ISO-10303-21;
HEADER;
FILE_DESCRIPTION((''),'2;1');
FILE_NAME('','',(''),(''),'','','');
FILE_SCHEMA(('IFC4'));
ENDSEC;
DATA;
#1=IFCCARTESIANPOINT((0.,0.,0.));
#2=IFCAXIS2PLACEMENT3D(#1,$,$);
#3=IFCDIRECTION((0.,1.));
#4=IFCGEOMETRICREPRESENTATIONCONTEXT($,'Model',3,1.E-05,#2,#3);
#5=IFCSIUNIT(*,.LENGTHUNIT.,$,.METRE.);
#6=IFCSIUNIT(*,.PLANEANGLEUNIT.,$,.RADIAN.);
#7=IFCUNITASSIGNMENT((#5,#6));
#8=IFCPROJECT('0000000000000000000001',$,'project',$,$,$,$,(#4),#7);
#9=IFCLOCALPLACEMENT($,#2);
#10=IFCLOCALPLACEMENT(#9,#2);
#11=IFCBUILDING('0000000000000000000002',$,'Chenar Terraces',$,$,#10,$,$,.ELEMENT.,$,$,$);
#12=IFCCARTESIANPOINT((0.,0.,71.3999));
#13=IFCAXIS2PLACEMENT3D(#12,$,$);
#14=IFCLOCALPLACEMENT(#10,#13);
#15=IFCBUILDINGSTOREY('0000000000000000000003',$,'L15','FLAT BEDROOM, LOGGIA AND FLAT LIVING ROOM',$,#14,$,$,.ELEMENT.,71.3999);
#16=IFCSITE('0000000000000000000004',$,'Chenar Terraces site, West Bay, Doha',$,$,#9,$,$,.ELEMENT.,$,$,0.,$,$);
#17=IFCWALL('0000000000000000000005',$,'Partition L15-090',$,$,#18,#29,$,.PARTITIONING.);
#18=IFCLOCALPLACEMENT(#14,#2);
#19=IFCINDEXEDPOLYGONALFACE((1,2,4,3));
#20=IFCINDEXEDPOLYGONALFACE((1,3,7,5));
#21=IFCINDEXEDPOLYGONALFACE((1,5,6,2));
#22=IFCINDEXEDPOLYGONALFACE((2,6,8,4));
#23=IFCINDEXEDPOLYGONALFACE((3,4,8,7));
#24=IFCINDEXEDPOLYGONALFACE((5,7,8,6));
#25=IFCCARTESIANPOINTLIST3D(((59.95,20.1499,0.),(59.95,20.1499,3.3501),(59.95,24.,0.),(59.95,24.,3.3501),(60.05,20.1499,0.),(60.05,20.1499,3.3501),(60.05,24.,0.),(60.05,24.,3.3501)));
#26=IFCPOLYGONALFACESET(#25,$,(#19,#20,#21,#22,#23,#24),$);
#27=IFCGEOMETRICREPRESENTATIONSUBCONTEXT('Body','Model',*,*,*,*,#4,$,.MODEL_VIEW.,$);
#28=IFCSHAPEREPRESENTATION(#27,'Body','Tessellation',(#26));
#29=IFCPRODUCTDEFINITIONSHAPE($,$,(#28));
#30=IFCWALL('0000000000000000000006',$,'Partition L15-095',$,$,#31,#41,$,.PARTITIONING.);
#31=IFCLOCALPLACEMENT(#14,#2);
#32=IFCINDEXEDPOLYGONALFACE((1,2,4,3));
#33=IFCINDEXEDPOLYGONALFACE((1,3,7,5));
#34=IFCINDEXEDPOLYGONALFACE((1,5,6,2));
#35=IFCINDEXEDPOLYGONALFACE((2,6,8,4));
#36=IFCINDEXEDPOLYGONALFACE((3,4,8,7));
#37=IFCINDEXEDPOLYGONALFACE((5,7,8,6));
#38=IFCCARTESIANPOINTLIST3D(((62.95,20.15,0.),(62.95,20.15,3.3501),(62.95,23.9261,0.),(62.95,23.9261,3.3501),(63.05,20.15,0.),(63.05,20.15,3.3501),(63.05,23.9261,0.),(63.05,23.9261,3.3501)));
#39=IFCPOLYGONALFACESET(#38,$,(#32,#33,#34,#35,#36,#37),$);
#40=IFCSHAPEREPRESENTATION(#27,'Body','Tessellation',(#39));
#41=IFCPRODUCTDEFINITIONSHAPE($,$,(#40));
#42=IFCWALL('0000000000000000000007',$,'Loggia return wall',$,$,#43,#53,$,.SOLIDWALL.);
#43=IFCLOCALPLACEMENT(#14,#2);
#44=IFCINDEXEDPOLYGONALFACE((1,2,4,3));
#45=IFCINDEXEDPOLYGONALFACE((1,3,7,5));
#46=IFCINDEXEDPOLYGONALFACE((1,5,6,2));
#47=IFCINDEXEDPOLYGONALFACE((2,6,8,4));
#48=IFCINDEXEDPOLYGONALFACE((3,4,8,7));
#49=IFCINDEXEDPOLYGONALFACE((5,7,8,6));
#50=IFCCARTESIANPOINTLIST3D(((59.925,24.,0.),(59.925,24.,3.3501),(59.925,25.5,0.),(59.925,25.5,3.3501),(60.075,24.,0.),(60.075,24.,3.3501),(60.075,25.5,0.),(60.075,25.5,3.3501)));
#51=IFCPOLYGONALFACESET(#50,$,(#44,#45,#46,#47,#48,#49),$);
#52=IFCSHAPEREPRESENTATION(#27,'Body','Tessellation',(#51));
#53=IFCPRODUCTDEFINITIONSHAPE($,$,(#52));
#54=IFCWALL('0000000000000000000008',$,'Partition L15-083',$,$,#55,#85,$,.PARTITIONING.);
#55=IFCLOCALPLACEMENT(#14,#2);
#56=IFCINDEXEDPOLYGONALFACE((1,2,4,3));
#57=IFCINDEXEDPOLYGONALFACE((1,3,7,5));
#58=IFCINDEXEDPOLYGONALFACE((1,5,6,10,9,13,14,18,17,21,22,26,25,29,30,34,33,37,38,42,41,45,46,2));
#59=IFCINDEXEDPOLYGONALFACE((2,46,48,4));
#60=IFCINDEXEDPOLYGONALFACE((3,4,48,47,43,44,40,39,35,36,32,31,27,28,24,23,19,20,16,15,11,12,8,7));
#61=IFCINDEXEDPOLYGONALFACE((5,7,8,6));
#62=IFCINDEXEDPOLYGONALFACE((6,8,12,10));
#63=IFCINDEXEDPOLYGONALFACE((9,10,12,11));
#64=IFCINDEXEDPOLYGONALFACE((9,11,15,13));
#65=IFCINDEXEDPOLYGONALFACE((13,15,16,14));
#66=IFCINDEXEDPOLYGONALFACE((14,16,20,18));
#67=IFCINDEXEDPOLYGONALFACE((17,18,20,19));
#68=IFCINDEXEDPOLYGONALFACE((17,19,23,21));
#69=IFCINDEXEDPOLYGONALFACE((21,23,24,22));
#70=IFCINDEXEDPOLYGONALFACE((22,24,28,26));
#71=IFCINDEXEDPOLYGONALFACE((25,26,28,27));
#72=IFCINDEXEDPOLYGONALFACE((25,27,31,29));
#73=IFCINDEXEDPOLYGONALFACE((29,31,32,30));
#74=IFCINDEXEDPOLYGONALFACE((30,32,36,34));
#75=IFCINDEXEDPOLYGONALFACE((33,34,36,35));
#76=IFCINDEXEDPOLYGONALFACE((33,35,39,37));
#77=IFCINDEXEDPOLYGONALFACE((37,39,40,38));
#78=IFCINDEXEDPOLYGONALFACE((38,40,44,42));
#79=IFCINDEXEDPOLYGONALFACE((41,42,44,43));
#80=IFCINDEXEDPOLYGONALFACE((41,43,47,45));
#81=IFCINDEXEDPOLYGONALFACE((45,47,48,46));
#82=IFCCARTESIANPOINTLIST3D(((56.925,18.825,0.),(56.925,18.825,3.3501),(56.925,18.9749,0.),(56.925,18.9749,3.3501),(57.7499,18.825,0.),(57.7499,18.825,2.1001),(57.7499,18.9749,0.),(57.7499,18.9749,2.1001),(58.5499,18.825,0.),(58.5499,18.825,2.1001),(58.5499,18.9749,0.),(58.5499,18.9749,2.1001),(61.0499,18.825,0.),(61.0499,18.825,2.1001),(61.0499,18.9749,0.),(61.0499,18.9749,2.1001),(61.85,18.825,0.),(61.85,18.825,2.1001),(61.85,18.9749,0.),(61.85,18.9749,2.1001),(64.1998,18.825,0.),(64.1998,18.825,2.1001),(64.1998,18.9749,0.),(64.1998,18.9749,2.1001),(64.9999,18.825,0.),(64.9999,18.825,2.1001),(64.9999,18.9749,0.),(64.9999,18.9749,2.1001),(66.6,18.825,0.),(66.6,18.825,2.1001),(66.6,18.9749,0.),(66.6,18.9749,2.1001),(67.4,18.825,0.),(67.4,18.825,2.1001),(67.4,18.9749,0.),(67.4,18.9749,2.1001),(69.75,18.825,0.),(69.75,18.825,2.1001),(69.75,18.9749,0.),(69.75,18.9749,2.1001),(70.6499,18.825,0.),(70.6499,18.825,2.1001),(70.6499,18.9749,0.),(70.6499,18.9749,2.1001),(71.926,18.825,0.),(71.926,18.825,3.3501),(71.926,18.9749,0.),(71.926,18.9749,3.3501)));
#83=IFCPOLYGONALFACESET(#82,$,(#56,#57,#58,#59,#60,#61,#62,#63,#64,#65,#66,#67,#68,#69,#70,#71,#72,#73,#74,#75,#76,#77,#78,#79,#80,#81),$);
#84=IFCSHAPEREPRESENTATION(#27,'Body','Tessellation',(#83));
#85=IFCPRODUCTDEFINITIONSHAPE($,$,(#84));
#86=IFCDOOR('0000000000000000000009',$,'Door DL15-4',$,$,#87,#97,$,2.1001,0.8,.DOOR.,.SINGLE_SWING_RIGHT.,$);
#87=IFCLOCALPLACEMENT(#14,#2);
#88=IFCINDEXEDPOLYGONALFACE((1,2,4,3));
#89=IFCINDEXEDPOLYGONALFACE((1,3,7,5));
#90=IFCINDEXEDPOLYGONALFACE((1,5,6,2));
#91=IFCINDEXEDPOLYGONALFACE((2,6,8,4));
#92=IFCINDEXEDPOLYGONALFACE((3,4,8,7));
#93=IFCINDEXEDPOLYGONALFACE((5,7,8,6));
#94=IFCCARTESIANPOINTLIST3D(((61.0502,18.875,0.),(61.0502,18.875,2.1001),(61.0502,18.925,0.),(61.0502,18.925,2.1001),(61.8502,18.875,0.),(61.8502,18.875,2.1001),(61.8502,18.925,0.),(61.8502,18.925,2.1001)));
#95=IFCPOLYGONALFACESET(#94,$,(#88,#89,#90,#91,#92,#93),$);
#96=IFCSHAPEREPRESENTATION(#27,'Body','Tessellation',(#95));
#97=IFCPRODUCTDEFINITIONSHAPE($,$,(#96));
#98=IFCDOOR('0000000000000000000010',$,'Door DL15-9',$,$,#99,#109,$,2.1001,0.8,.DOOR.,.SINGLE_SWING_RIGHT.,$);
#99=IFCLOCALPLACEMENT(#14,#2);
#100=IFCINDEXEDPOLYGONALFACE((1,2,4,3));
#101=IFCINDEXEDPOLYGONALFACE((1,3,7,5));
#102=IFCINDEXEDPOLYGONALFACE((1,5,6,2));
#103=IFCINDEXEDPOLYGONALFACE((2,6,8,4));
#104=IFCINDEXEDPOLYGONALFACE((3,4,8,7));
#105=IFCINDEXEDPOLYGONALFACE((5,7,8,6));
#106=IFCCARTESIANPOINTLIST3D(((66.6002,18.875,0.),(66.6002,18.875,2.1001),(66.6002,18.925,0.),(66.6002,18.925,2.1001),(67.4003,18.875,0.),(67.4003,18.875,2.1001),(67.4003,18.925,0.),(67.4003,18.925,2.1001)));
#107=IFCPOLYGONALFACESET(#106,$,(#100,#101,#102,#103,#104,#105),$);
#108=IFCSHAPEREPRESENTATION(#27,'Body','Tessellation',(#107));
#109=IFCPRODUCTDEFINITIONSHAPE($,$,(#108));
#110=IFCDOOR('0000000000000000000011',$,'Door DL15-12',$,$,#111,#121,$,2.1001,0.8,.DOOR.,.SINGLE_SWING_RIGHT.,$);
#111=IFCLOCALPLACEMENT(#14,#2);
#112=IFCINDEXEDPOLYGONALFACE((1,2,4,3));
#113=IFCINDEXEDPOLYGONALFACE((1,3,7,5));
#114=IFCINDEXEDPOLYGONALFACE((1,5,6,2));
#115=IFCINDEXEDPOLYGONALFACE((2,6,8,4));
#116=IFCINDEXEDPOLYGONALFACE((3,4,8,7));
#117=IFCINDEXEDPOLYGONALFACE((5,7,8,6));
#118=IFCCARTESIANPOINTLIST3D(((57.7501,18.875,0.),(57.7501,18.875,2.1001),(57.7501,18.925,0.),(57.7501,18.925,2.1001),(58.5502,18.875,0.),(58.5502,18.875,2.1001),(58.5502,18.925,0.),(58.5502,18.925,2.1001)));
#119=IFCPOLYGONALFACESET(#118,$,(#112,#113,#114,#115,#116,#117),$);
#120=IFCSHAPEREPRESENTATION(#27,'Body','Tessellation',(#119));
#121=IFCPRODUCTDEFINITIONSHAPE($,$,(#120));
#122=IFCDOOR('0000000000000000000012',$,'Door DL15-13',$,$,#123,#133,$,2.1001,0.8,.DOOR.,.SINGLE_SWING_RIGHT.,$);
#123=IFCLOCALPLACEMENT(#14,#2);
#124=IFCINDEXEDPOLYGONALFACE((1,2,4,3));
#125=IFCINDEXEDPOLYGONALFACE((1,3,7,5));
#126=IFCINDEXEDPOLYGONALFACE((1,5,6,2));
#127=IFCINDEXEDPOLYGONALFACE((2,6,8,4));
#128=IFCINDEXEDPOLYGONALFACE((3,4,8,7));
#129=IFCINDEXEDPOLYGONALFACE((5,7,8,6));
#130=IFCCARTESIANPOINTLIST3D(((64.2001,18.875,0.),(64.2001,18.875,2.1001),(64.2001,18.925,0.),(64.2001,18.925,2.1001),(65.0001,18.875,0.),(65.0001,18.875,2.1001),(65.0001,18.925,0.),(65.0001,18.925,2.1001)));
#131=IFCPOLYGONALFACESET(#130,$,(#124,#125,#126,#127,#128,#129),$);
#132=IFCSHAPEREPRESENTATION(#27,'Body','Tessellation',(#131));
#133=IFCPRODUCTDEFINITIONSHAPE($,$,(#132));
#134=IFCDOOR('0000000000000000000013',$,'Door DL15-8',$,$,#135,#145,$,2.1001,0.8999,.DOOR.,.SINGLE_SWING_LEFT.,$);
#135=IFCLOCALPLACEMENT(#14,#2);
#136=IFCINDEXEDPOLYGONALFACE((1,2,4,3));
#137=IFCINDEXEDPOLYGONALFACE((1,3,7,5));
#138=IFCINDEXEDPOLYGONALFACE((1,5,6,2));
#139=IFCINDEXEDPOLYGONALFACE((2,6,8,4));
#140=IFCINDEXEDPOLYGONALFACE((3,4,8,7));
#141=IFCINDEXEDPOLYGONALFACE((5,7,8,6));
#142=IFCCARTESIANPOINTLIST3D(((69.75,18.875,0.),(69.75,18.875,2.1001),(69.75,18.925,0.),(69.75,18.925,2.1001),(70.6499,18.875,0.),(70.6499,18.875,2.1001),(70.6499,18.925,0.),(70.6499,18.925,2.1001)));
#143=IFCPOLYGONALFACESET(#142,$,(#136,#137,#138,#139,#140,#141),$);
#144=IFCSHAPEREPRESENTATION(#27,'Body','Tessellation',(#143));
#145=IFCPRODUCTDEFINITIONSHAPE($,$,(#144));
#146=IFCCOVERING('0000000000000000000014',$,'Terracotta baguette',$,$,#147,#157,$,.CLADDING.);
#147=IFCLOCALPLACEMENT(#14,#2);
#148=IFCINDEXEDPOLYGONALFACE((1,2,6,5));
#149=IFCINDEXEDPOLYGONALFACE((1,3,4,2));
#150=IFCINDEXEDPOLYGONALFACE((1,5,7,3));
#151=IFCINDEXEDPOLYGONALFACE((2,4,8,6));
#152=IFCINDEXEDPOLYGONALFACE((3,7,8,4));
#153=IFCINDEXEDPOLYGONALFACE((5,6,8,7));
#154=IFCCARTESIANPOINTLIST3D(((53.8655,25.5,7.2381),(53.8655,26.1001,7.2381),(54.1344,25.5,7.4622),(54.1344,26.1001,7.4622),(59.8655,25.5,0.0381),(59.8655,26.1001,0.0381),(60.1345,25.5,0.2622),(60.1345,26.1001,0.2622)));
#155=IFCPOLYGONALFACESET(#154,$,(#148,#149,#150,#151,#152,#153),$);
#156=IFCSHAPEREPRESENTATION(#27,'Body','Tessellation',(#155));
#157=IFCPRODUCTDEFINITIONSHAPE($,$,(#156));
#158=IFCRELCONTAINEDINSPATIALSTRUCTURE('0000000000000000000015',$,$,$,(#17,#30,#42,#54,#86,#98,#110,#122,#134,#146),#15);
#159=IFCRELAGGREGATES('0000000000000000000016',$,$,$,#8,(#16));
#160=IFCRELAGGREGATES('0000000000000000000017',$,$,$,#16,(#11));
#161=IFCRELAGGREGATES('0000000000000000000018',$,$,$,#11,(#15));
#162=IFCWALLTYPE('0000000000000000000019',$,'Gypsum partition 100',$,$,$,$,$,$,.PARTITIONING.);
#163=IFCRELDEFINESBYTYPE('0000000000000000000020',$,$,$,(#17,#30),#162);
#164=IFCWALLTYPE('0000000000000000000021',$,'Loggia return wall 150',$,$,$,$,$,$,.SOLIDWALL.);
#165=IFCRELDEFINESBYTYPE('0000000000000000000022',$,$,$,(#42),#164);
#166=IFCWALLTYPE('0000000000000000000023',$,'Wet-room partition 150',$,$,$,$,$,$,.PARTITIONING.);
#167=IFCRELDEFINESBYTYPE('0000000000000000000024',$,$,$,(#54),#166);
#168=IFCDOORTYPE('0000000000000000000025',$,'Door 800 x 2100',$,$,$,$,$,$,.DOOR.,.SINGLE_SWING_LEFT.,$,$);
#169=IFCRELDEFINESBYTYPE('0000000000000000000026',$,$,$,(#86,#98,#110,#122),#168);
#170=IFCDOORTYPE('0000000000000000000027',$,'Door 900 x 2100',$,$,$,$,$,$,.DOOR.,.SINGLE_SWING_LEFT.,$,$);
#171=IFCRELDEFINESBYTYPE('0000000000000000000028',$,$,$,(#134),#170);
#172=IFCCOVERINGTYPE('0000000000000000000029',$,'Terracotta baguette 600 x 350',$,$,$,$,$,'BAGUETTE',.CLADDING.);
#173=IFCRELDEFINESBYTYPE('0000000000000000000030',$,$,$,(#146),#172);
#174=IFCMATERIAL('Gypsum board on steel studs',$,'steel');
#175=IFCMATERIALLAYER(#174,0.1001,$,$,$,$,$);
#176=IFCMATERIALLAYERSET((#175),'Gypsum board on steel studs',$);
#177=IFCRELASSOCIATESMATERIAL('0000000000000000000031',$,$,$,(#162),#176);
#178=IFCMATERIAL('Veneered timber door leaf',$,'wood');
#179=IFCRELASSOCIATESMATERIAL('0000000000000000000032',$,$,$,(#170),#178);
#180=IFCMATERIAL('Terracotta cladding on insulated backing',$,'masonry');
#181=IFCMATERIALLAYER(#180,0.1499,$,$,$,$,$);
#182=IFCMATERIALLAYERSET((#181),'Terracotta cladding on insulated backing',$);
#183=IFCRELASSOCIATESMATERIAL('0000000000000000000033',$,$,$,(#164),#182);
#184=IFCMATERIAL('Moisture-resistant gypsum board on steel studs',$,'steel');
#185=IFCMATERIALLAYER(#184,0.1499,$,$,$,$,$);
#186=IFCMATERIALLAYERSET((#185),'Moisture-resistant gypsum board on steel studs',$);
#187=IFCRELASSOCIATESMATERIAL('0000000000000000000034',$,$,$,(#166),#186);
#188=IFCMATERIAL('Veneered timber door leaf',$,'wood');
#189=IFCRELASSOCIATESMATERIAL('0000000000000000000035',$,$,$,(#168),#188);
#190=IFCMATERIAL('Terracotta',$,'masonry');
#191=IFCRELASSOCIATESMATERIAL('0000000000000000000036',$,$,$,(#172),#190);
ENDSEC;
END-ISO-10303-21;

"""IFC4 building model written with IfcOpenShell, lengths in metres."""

from ifc_helpers import new_model, si_unit, direction, frame, frame_2d, origin, origin_2d, place, context, subcontext, project, spatial, rectangle, extrude, material, layer, layer_set, material_profile, profile_set, type_object, element, fill, save


model = new_model("IFC4")

# Units and contexts
model_context = context("Model", 3, precision=1e-05, world=origin(), true_north=direction((0.0, 1.0)))
body_context = subcontext(model_context, "Body", "Model", "MODEL_VIEW")
ifc_project = project(units=[si_unit("LENGTHUNIT", "METRE"), si_unit("PLANEANGLEUNIT", "RADIAN")], contexts=[model_context])

# Site, building, storey
site_placement = place(None, origin())
site = spatial("IfcSite", under=ifc_project, at=site_placement, Name="Chenar Terraces site, West Bay, Doha", CompositionType="ELEMENT", RefElevation=0.0)
building_placement = place(site_placement, origin())
building = spatial("IfcBuilding", under=site, at=building_placement, Name="Chenar Terraces", CompositionType="ELEMENT")
storey_placement = place(building_placement, frame((0.0, 0.0, 71.3999)))
storey = spatial("IfcBuildingStorey", under=building, at=storey_placement, Name="L15", Description="FLAT BEDROOM, LOGGIA AND FLAT LIVING ROOM", CompositionType="ELEMENT", Elevation=71.3999)

# Shared definitions
ifc_material_1 = material(Name="Gypsum board on steel studs", Category="steel")
ifc_layer_1 = layer(ifc_material_1, 0.1001)
ifc_layer_set_1 = layer_set([ifc_layer_1], Name="Gypsum board on steel studs")
wall_type_1 = type_object("IfcWallType", Name="Gypsum partition 100", PredefinedType="PARTITIONING", material=ifc_layer_set_1)
ifc_material_2 = material(Name="Veneered timber door leaf", Category="wood")
door_type_1 = type_object("IfcDoorType", Name="Door 900 x 2100", OperationType="SINGLE_SWING_LEFT", PredefinedType="DOOR", material=ifc_material_2)

# Walls
wall_1_placement = place(storey_placement, frame((60.0, 20.1499, 0.0), z_axis=(0.0, 0.0, 1.0), x_axis=(0.0, 1.0, 0.0)))
element("IfcWall", 1, at=wall_1_placement, inside=storey, type_object=wall_type_1, Name="Partition L15-090", PredefinedType="PARTITIONING", context=body_context, shape_type="SweptSolid", body=[
    extrude(rectangle(XDim=3.8501, YDim=0.1001, at=frame_2d((1.925, 0.0))), origin(), (0.0, 0.0, 1.0), 3.3501),
])
wall_2_placement = place(storey_placement, frame((63.0, 20.1499, 0.0), z_axis=(0.0, 0.0, 1.0), x_axis=(0.0, 1.0, 0.0)))
element("IfcWall", 2, at=wall_2_placement, inside=storey, type_object=wall_type_1, Name="Partition L15-095", PredefinedType="PARTITIONING", context=body_context, shape_type="SweptSolid", body=[
    extrude(rectangle(XDim=3.7761, YDim=0.1001, at=frame_2d((1.8882, 0.0))), origin(), (0.0, 0.0, 1.0), 3.3501),
])
ifc_material_3 = material(Name="Terracotta cladding on insulated backing", Category="masonry")
ifc_layer_2 = layer(ifc_material_3, 0.1499)
ifc_layer_set_2 = layer_set([ifc_layer_2], Name="Terracotta cladding on insulated backing")
wall_type_2 = type_object("IfcWallType", Name="Loggia return wall 150", PredefinedType="SOLIDWALL", material=ifc_layer_set_2)
wall_3_placement = place(storey_placement, frame((60.0, 25.5, 0.0), z_axis=(0.0, 0.0, 1.0), x_axis=(0.0, -1.0, 0.0)))
element("IfcWall", 3, at=wall_3_placement, inside=storey, type_object=wall_type_2, Name="Loggia return wall", PredefinedType="SOLIDWALL", context=body_context, shape_type="SweptSolid", body=[
    extrude(rectangle(XDim=1.5, YDim=0.1499, at=frame_2d((0.75, 0.0))), origin(), (0.0, 0.0, 1.0), 3.3501),
])

# Wall, openings, doors
ifc_material_4 = material(Name="Moisture-resistant gypsum board on steel studs", Category="steel")
ifc_layer_3 = layer(ifc_material_4, 0.1499)
ifc_layer_set_3 = layer_set([ifc_layer_3], Name="Moisture-resistant gypsum board on steel studs")
wall_type_3 = type_object("IfcWallType", Name="Wet-room partition 150", PredefinedType="PARTITIONING", material=ifc_layer_set_3)
wall_4_placement = place(storey_placement, frame((56.925, 18.8999, 0.0), z_axis=(0.0, 0.0, 1.0), x_axis=(1.0, 0.0, 0.0)))
wall_4 = element("IfcWall", 4, at=wall_4_placement, inside=storey, type_object=wall_type_3, Name="Partition L15-083", PredefinedType="PARTITIONING", context=body_context, shape_type="SweptSolid", body=[
    extrude(rectangle(XDim=15.001, YDim=0.1499, at=frame_2d((7.5005, 0.0))), origin(), (0.0, 0.0, 1.0), 3.3501),
])
opening_1_placement = place(wall_4_placement, frame((4.125, 0.0, 0.0)))
opening_1 = element("IfcOpeningElement", 5, at=opening_1_placement, cuts=wall_4, PredefinedType="OPENING", context=body_context, shape_type="SweptSolid", body=[
    extrude(rectangle(XDim=0.8, YDim=2.1001, at=frame_2d((0.3999, 1.05))), frame((0.0, 0.085, 0.0), z_axis=(0.0, -1.0, 0.0), x_axis=(1.0, 0.0, 0.0)), (0.0, 0.0, 1.0), 0.1699),
])
opening_2_placement = place(wall_4_placement, frame((12.825, 0.0, 0.0)))
opening_2 = element("IfcOpeningElement", 6, at=opening_2_placement, cuts=wall_4, PredefinedType="OPENING", context=body_context, shape_type="SweptSolid", body=[
    extrude(rectangle(XDim=0.8999, YDim=2.1001, at=frame_2d((0.45, 1.05))), frame((0.0, 0.085, 0.0), z_axis=(0.0, -1.0, 0.0), x_axis=(1.0, 0.0, 0.0)), (0.0, 0.0, 1.0), 0.1699),
])
opening_3_placement = place(wall_4_placement, frame((9.675, 0.0, 0.0)))
opening_3 = element("IfcOpeningElement", 7, at=opening_3_placement, cuts=wall_4, PredefinedType="OPENING", context=body_context, shape_type="SweptSolid", body=[
    extrude(rectangle(XDim=0.8, YDim=2.1001, at=frame_2d((0.3999, 1.05))), frame((0.0, 0.085, 0.0), z_axis=(0.0, -1.0, 0.0), x_axis=(1.0, 0.0, 0.0)), (0.0, 0.0, 1.0), 0.1699),
])
opening_4_placement = place(wall_4_placement, frame((0.825, 0.0, 0.0)))
opening_4 = element("IfcOpeningElement", 8, at=opening_4_placement, cuts=wall_4, PredefinedType="OPENING", context=body_context, shape_type="SweptSolid", body=[
    extrude(rectangle(XDim=0.8, YDim=2.1001, at=frame_2d((0.3999, 1.05))), frame((0.0, 0.085, 0.0), z_axis=(0.0, -1.0, 0.0), x_axis=(1.0, 0.0, 0.0)), (0.0, 0.0, 1.0), 0.1699),
])
opening_5_placement = place(wall_4_placement, frame((7.2749, 0.0, 0.0)))
opening_5 = element("IfcOpeningElement", 9, at=opening_5_placement, cuts=wall_4, PredefinedType="OPENING", context=body_context, shape_type="SweptSolid", body=[
    extrude(rectangle(XDim=0.8, YDim=2.1001, at=frame_2d((0.3999, 1.05))), frame((0.0, 0.085, 0.0), z_axis=(0.0, -1.0, 0.0), x_axis=(1.0, 0.0, 0.0)), (0.0, 0.0, 1.0), 0.1699),
])
ifc_material_5 = material(Name="Veneered timber door leaf", Category="wood")
door_type_2 = type_object("IfcDoorType", Name="Door 800 x 2100", OperationType="SINGLE_SWING_LEFT", PredefinedType="DOOR", material=ifc_material_5)
door_1_placement = place(opening_1_placement, frame((0.8, 0.0, 0.0), z_axis=(0.0, 0.0, 1.0), x_axis=(-1.0, 0.0, 0.0)))
door_1 = element("IfcDoor", 10, at=door_1_placement, inside=storey, type_object=door_type_2, Name="Door DL15-4", OperationType="SINGLE_SWING_RIGHT", OverallHeight=2.1001, OverallWidth=0.8, PredefinedType="DOOR", context=body_context, shape_type="SweptSolid", body=[
    extrude(rectangle(XDim=0.8, YDim=2.1001, at=frame_2d((0.3999, 1.05))), frame((0.0, 0.0249, 0.0), z_axis=(0.0, -1.0, 0.0), x_axis=(1.0, 0.0, 0.0)), (0.0, 0.0, 1.0), 0.05),
])
fill(opening_1, door_1)
door_2_placement = place(opening_3_placement, frame((0.8, 0.0, 0.0), z_axis=(0.0, 0.0, 1.0), x_axis=(-1.0, 0.0, 0.0)))
door_2 = element("IfcDoor", 11, at=door_2_placement, inside=storey, type_object=door_type_2, Name="Door DL15-9", OperationType="SINGLE_SWING_RIGHT", OverallHeight=2.1001, OverallWidth=0.8, PredefinedType="DOOR", context=body_context, shape_type="SweptSolid", body=[
    extrude(rectangle(XDim=0.8, YDim=2.1001, at=frame_2d((0.3999, 1.05))), frame((0.0, 0.0249, 0.0), z_axis=(0.0, -1.0, 0.0), x_axis=(1.0, 0.0, 0.0)), (0.0, 0.0, 1.0), 0.05),
])
fill(opening_3, door_2)
door_3_placement = place(opening_4_placement, frame((0.8, 0.0, 0.0), z_axis=(0.0, 0.0, 1.0), x_axis=(-1.0, 0.0, 0.0)))
door_3 = element("IfcDoor", 12, at=door_3_placement, inside=storey, type_object=door_type_2, Name="Door DL15-12", OperationType="SINGLE_SWING_RIGHT", OverallHeight=2.1001, OverallWidth=0.8, PredefinedType="DOOR", context=body_context, shape_type="SweptSolid", body=[
    extrude(rectangle(XDim=0.8, YDim=2.1001, at=frame_2d((0.3999, 1.05))), frame((0.0, 0.0249, 0.0), z_axis=(0.0, -1.0, 0.0), x_axis=(1.0, 0.0, 0.0)), (0.0, 0.0, 1.0), 0.05),
])
fill(opening_4, door_3)
door_4_placement = place(opening_5_placement, frame((0.8, 0.0, 0.0), z_axis=(0.0, 0.0, 1.0), x_axis=(-1.0, 0.0, 0.0)))
door_4 = element("IfcDoor", 13, at=door_4_placement, inside=storey, type_object=door_type_2, Name="Door DL15-13", OperationType="SINGLE_SWING_RIGHT", OverallHeight=2.1001, OverallWidth=0.8, PredefinedType="DOOR", context=body_context, shape_type="SweptSolid", body=[
    extrude(rectangle(XDim=0.8, YDim=2.1001, at=frame_2d((0.3999, 1.05))), frame((0.0, 0.0249, 0.0), z_axis=(0.0, -1.0, 0.0), x_axis=(1.0, 0.0, 0.0)), (0.0, 0.0, 1.0), 0.05),
])
fill(opening_5, door_4)
door_5_placement = place(opening_2_placement, frame((0.8999, 0.0, 0.0), z_axis=(0.0, 0.0, 1.0), x_axis=(-1.0, 0.0, 0.0)))
door_5 = element("IfcDoor", 14, at=door_5_placement, inside=storey, type_object=door_type_1, Name="Door DL15-8", OperationType="SINGLE_SWING_LEFT", OverallHeight=2.1001, OverallWidth=0.8999, PredefinedType="DOOR", context=body_context, shape_type="SweptSolid", body=[
    extrude(rectangle(XDim=0.8999, YDim=2.1001, at=frame_2d((0.45, 1.05))), frame((0.0, 0.0249, 0.0), z_axis=(0.0, -1.0, 0.0), x_axis=(1.0, 0.0, 0.0)), (0.0, 0.0, 1.0), 0.05),
])
fill(opening_2, door_5)

# Covering
ifc_material_6 = material(Name="Terracotta", Category="masonry")
ifc_material_profile_1 = material_profile(ifc_material_6, rectangle(XDim=0.6001, YDim=0.3501, at=origin_2d()), Name="Terracotta baguette 600 x 350")
ifc_profile_set_1 = profile_set([ifc_material_profile_1], Name="Terracotta")
covering_type = type_object("IfcCoveringType", Name="Terracotta baguette 600 x 350", ElementType="BAGUETTE", PredefinedType="CLADDING", material=ifc_profile_set_1)
for number, where, z_axis, x_axis, name in (
    (15, (60.0, 25.8, 0.1501), (-0.640187, 0.0, 0.768219), (0.0, -1.0, 0.0), "Terracotta baguette"),
):
    element("IfcCovering", number, at=place(storey_placement, frame(where, z_axis=z_axis, x_axis=x_axis)), inside=storey, type_object=covering_type, Name=name, PredefinedType="CLADDING", context=body_context, shape_type="SweptSolid", body=[
        extrude(rectangle(XDim=0.6001, YDim=0.3501, at=origin_2d()), origin(), (0.0, 0.0, 1.0), 9.3723),
    ])

save(model, "model.ifc")
